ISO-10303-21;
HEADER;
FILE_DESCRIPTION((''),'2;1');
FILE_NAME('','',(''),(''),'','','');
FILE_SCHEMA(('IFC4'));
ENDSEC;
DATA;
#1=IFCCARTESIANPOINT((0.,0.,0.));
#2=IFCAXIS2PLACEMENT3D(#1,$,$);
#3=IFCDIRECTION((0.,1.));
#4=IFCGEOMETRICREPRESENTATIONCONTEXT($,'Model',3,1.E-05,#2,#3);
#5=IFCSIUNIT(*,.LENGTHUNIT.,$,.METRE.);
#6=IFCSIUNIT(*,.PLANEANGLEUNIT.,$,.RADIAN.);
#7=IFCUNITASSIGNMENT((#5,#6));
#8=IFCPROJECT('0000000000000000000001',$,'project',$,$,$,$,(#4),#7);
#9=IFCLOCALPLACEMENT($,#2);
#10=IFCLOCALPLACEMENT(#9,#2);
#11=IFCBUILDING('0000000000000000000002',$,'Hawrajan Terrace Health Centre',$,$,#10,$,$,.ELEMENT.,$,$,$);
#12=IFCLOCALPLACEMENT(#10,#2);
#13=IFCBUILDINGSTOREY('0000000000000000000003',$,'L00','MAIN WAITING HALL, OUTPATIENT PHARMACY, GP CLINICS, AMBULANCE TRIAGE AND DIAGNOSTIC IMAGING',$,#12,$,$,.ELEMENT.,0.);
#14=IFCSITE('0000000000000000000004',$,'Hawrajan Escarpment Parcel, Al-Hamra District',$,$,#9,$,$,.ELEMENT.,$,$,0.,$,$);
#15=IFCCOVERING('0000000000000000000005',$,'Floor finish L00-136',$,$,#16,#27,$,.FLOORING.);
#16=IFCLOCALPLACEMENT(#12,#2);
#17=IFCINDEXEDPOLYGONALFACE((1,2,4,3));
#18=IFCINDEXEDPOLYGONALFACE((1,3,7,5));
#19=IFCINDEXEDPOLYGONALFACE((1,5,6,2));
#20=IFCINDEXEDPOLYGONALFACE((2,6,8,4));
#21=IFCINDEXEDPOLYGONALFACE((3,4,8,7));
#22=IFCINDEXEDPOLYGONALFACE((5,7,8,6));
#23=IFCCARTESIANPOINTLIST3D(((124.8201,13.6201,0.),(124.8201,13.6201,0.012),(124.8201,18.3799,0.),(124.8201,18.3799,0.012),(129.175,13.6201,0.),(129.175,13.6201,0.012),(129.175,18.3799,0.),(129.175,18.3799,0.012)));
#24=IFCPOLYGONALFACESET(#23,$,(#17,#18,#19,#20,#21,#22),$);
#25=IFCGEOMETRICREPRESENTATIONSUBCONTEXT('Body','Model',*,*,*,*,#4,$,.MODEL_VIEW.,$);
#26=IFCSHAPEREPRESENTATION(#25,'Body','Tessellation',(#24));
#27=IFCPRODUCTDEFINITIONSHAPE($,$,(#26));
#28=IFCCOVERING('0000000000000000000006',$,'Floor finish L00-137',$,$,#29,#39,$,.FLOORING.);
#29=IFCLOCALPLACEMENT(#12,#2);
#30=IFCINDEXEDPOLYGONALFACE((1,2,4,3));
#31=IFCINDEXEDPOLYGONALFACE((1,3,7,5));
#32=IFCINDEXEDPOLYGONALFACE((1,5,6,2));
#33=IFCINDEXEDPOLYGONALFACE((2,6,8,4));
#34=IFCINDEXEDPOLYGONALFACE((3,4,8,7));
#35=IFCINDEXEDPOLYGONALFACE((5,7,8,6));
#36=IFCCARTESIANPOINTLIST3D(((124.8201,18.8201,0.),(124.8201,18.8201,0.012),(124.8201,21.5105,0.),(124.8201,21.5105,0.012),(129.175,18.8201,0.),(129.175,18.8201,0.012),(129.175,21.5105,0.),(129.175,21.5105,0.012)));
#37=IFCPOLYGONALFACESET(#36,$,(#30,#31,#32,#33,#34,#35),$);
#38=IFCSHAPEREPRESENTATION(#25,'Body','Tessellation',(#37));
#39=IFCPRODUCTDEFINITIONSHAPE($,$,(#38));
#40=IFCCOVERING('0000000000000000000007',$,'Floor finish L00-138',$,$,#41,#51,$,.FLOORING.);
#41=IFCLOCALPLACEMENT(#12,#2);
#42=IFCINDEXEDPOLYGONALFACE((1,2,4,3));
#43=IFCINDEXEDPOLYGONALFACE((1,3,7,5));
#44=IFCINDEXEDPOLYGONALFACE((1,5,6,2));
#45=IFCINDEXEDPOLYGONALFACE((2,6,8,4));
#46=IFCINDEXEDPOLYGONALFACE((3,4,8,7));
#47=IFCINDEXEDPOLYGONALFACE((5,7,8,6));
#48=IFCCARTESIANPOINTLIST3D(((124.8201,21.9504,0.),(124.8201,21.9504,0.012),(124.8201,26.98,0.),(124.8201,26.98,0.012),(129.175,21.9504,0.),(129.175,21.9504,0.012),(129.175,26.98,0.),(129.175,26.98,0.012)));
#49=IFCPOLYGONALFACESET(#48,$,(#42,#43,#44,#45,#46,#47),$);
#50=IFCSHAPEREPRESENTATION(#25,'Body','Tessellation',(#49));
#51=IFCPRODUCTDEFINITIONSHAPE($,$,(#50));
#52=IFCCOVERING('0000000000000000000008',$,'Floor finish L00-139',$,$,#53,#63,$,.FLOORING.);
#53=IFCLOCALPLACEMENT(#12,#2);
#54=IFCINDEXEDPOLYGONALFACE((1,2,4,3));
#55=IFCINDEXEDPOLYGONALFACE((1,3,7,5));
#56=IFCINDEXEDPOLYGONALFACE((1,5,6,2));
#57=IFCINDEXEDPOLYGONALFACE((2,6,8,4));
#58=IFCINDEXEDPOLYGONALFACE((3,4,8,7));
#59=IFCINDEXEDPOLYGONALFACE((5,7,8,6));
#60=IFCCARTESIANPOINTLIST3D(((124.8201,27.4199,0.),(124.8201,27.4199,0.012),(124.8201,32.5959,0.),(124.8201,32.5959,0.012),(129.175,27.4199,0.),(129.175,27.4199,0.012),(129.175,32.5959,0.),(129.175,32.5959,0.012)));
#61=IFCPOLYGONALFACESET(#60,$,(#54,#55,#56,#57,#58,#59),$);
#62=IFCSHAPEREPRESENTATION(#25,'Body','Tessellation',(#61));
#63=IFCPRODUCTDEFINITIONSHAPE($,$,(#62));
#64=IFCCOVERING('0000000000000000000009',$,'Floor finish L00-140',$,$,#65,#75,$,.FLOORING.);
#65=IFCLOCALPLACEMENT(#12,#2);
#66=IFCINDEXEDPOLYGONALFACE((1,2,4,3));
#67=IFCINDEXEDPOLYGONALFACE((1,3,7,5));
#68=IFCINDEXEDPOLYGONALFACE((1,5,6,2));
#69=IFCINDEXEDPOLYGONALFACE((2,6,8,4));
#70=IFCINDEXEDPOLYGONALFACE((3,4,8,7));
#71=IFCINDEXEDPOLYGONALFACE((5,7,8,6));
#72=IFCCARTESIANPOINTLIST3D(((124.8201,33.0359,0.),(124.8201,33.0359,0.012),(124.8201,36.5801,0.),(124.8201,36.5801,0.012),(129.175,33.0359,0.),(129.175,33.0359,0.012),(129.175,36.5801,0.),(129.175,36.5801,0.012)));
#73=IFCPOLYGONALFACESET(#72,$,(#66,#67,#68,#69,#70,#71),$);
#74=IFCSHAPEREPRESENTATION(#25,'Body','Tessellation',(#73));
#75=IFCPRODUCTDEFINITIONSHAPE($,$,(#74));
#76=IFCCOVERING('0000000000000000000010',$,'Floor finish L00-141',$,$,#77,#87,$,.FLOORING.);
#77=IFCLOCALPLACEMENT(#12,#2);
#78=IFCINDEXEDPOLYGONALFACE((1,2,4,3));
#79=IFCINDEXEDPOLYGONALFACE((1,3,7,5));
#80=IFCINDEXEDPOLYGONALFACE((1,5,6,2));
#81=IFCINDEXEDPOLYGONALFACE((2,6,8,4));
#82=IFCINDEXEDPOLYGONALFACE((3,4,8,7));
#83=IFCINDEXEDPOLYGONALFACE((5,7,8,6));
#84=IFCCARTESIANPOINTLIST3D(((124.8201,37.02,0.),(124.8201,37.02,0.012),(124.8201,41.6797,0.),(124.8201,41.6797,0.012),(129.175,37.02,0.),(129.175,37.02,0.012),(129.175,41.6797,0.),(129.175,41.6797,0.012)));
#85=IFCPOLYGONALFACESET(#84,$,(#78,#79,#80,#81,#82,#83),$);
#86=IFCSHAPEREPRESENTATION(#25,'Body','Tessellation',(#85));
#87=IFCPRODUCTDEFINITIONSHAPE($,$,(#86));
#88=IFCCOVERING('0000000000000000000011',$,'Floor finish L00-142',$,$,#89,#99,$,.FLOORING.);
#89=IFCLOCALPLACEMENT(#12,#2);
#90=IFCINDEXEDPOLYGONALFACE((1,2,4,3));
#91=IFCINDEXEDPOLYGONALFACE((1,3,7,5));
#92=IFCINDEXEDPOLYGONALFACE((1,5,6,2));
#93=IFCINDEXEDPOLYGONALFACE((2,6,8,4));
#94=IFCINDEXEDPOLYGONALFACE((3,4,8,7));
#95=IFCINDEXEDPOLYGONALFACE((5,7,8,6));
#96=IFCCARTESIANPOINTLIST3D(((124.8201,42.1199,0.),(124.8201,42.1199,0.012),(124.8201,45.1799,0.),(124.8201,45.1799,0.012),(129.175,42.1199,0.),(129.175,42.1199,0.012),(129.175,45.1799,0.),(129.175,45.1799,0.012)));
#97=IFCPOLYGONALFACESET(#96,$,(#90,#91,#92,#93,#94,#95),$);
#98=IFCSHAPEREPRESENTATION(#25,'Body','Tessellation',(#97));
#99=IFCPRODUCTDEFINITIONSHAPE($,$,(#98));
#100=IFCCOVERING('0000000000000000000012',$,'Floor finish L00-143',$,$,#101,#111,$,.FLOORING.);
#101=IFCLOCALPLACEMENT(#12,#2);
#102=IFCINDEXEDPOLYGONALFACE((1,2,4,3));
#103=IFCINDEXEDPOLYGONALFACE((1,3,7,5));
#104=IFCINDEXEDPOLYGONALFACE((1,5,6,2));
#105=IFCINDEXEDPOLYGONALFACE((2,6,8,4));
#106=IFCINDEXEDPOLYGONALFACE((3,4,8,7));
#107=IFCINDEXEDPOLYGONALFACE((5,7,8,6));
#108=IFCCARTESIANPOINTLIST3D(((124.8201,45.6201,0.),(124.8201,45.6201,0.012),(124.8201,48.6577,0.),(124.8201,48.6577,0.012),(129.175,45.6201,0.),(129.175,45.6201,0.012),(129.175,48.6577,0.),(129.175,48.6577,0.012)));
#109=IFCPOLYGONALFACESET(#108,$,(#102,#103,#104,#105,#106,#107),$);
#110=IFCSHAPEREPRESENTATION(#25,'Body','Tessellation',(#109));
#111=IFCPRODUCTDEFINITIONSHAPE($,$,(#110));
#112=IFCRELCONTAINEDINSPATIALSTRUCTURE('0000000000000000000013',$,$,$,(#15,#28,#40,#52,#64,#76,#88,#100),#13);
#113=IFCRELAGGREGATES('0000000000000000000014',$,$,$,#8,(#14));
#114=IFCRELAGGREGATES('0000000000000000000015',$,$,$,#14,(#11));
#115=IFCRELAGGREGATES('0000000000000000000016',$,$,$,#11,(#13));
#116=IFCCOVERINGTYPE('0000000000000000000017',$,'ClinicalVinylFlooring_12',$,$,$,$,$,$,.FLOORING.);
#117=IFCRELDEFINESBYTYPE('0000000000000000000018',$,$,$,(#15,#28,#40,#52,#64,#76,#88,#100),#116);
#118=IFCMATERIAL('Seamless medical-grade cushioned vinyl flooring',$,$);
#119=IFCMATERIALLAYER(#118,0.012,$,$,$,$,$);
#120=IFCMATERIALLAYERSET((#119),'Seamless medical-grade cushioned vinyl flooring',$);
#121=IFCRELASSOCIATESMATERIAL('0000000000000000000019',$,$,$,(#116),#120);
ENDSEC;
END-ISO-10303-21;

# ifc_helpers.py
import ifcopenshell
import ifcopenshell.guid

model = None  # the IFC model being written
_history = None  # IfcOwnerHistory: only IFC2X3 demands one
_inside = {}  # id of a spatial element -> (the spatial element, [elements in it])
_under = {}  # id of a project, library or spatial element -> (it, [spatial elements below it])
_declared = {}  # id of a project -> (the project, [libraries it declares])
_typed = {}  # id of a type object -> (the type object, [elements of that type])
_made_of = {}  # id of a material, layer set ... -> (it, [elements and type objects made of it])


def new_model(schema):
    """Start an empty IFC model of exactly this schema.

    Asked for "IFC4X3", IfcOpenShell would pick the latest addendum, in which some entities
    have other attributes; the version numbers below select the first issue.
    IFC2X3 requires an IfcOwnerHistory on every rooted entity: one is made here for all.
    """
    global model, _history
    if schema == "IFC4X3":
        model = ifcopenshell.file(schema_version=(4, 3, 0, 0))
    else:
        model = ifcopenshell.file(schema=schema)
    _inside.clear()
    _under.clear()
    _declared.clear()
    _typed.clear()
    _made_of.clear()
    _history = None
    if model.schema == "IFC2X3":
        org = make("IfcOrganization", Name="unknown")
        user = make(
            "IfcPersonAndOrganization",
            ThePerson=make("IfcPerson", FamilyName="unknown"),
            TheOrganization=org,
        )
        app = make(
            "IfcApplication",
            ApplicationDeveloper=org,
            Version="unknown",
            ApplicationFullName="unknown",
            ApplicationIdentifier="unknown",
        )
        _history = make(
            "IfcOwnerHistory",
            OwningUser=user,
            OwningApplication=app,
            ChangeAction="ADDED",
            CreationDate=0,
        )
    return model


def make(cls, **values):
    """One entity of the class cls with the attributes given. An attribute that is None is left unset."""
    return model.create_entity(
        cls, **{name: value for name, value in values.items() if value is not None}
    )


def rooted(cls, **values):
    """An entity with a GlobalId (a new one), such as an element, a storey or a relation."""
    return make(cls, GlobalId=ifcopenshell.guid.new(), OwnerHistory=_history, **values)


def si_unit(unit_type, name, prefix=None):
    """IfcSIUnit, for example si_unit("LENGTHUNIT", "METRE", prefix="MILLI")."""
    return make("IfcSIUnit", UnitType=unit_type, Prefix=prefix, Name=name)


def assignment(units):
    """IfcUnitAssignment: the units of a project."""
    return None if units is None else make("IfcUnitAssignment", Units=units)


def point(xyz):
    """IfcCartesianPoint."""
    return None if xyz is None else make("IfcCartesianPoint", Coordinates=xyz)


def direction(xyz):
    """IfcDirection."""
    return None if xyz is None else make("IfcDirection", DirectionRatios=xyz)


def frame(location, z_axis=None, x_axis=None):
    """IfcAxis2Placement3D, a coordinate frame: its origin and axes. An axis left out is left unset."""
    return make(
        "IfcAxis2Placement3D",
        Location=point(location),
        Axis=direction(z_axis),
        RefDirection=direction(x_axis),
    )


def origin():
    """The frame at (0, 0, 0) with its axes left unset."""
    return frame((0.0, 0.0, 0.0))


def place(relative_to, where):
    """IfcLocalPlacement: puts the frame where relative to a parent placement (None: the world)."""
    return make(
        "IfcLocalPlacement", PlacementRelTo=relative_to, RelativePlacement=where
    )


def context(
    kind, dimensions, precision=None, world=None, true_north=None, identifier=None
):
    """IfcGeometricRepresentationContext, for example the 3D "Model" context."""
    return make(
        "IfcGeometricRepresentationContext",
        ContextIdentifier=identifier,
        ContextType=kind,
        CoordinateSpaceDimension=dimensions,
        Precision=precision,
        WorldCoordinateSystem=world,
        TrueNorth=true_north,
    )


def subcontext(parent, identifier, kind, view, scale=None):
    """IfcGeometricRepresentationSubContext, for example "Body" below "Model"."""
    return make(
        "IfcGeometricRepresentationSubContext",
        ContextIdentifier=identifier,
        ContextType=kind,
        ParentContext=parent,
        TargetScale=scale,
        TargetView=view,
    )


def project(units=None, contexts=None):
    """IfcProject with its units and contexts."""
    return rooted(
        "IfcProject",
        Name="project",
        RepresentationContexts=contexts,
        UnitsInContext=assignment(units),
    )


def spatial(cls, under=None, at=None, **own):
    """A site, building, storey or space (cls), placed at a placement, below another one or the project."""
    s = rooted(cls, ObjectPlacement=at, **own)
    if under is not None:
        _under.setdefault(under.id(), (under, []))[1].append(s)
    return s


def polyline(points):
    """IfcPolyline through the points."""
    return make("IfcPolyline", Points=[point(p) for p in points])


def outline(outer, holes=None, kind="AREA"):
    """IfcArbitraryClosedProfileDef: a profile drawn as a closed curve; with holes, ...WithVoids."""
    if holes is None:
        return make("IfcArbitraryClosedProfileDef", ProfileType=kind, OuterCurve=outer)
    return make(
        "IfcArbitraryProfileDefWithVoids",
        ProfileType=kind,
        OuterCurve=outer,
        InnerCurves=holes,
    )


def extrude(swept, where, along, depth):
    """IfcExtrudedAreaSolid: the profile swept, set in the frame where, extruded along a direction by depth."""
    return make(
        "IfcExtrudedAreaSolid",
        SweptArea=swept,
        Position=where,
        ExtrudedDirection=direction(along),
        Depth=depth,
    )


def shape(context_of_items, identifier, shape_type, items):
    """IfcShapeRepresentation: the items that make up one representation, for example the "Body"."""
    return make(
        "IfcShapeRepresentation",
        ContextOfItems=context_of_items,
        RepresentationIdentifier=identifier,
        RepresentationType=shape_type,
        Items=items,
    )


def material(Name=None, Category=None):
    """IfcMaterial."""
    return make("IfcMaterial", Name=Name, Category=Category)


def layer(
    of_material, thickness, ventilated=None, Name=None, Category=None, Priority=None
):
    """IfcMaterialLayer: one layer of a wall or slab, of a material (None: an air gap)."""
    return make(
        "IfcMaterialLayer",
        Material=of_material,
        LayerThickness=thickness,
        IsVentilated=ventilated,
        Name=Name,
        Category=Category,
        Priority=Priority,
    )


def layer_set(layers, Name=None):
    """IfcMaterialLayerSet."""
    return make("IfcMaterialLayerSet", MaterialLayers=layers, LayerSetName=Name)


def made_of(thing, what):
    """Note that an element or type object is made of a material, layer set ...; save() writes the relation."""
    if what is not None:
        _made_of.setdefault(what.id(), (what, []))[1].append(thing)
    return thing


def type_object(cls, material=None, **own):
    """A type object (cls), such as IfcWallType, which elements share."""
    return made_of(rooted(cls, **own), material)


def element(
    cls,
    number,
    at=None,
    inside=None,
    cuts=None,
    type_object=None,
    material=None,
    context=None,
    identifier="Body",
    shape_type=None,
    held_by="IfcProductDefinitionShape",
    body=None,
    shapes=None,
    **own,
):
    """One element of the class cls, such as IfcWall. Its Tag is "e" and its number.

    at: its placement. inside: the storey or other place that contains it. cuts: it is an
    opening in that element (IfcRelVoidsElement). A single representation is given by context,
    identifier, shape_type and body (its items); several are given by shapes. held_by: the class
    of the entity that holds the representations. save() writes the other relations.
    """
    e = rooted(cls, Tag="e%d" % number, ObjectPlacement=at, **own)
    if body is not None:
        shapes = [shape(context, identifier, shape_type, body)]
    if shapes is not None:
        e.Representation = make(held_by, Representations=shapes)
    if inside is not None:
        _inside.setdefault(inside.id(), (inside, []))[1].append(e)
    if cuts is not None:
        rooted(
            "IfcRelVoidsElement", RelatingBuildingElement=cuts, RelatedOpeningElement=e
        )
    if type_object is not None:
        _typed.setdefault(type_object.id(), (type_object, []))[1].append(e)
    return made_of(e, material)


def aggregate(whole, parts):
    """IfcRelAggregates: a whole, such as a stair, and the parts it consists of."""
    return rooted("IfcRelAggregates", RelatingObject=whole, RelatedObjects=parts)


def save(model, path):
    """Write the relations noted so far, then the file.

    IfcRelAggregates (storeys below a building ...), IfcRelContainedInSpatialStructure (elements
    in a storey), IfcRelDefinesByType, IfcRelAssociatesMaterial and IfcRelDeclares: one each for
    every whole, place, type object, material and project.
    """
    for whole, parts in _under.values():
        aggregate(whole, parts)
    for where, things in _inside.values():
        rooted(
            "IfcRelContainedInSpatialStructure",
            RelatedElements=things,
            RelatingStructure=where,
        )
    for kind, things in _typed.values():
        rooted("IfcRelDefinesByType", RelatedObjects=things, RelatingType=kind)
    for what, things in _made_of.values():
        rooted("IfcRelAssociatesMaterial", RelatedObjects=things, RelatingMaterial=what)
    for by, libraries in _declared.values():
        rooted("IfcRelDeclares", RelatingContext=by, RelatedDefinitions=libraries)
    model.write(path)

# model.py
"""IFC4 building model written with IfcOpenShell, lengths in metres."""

from ifc_helpers import new_model, si_unit, direction, origin, place, context, subcontext, project, spatial, polyline, outline, extrude, material, layer, layer_set, type_object, element, save


model = new_model("IFC4")

# Units and contexts
model_context = context("Model", 3, precision=1e-05, world=origin(), true_north=direction((0.0, 1.0)))
body_context = subcontext(model_context, "Body", "Model", "MODEL_VIEW")
ifc_project = project(units=[si_unit("LENGTHUNIT", "METRE"), si_unit("PLANEANGLEUNIT", "RADIAN")], contexts=[model_context])

# Site, building, storey
site_placement = place(None, origin())
site = spatial("IfcSite", under=ifc_project, at=site_placement, Name="Hawrajan Escarpment Parcel, Al-Hamra District", CompositionType="ELEMENT", RefElevation=0.0)
building_placement = place(site_placement, origin())
building = spatial("IfcBuilding", under=site, at=building_placement, Name="Hawrajan Terrace Health Centre", CompositionType="ELEMENT")
storey_placement = place(building_placement, origin())
storey = spatial("IfcBuildingStorey", under=building, at=storey_placement, Name="L00", Description="MAIN WAITING HALL, OUTPATIENT PHARMACY, GP CLINICS, AMBULANCE TRIAGE AND DIAGNOSTIC IMAGING", CompositionType="ELEMENT", Elevation=0.0)

# Coverings
ifc_material_1 = material(Name="Seamless medical-grade cushioned vinyl flooring")
ifc_layer_1 = layer(ifc_material_1, 0.012)
ifc_layer_set_1 = layer_set([ifc_layer_1], Name="Seamless medical-grade cushioned vinyl flooring")
covering_type_1 = type_object("IfcCoveringType", Name="ClinicalVinylFlooring_12", PredefinedType="FLOORING", material=ifc_layer_set_1)
covering_1_placement = place(storey_placement, origin())
element("IfcCovering", 1, at=covering_1_placement, inside=storey, type_object=covering_type_1, Name="Floor finish L00-136", PredefinedType="FLOORING", context=body_context, shape_type="SweptSolid", body=[
    extrude(outline(polyline([(124.8201, 18.3799), (129.175, 18.3799), (129.175, 13.6201), (124.8201, 13.6201), (124.8201, 18.3799)])), origin(), (0.0, 0.0, 1.0), 0.012),
])
covering_2_placement = place(storey_placement, origin())
element("IfcCovering", 2, at=covering_2_placement, inside=storey, type_object=covering_type_1, Name="Floor finish L00-137", PredefinedType="FLOORING", context=body_context, shape_type="SweptSolid", body=[
    extrude(outline(polyline([(124.8201, 21.5105), (129.175, 21.5105), (129.175, 18.8201), (124.8201, 18.8201), (124.8201, 21.5105)])), origin(), (0.0, 0.0, 1.0), 0.012),
])
covering_3_placement = place(storey_placement, origin())
element("IfcCovering", 3, at=covering_3_placement, inside=storey, type_object=covering_type_1, Name="Floor finish L00-138", PredefinedType="FLOORING", context=body_context, shape_type="SweptSolid", body=[
    extrude(outline(polyline([(124.8201, 26.98), (129.175, 26.98), (129.175, 21.9504), (124.8201, 21.9504), (124.8201, 26.98)])), origin(), (0.0, 0.0, 1.0), 0.012),
])
covering_4_placement = place(storey_placement, origin())
element("IfcCovering", 4, at=covering_4_placement, inside=storey, type_object=covering_type_1, Name="Floor finish L00-139", PredefinedType="FLOORING", context=body_context, shape_type="SweptSolid", body=[
    extrude(outline(polyline([(124.8201, 32.5959), (129.175, 32.5959), (129.175, 27.4199), (124.8201, 27.4199), (124.8201, 32.5959)])), origin(), (0.0, 0.0, 1.0), 0.012),
])
covering_5_placement = place(storey_placement, origin())
element("IfcCovering", 5, at=covering_5_placement, inside=storey, type_object=covering_type_1, Name="Floor finish L00-140", PredefinedType="FLOORING", context=body_context, shape_type="SweptSolid", body=[
    extrude(outline(polyline([(124.8201, 36.5801), (129.175, 36.5801), (129.175, 33.0359), (124.8201, 33.0359), (124.8201, 36.5801)])), origin(), (0.0, 0.0, 1.0), 0.012),
])
covering_6_placement = place(storey_placement, origin())
element("IfcCovering", 6, at=covering_6_placement, inside=storey, type_object=covering_type_1, Name="Floor finish L00-141", PredefinedType="FLOORING", context=body_context, shape_type="SweptSolid", body=[
    extrude(outline(polyline([(124.8201, 41.6797), (129.175, 41.6797), (129.175, 37.02), (124.8201, 37.02), (124.8201, 41.6797)])), origin(), (0.0, 0.0, 1.0), 0.012),
])
covering_7_placement = place(storey_placement, origin())
element("IfcCovering", 7, at=covering_7_placement, inside=storey, type_object=covering_type_1, Name="Floor finish L00-142", PredefinedType="FLOORING", context=body_context, shape_type="SweptSolid", body=[
    extrude(outline(polyline([(124.8201, 45.1799), (129.175, 45.1799), (129.175, 42.1199), (124.8201, 42.1199), (124.8201, 45.1799)])), origin(), (0.0, 0.0, 1.0), 0.012),
])
covering_8_placement = place(storey_placement, origin())
element("IfcCovering", 8, at=covering_8_placement, inside=storey, type_object=covering_type_1, Name="Floor finish L00-143", PredefinedType="FLOORING", context=body_context, shape_type="SweptSolid", body=[
    extrude(outline(polyline([(124.8201, 48.6577), (129.175, 48.6577), (129.175, 45.6201), (124.8201, 45.6201), (124.8201, 48.6577)])), origin(), (0.0, 0.0, 1.0), 0.012),
])

save(model, "model.ifc")
